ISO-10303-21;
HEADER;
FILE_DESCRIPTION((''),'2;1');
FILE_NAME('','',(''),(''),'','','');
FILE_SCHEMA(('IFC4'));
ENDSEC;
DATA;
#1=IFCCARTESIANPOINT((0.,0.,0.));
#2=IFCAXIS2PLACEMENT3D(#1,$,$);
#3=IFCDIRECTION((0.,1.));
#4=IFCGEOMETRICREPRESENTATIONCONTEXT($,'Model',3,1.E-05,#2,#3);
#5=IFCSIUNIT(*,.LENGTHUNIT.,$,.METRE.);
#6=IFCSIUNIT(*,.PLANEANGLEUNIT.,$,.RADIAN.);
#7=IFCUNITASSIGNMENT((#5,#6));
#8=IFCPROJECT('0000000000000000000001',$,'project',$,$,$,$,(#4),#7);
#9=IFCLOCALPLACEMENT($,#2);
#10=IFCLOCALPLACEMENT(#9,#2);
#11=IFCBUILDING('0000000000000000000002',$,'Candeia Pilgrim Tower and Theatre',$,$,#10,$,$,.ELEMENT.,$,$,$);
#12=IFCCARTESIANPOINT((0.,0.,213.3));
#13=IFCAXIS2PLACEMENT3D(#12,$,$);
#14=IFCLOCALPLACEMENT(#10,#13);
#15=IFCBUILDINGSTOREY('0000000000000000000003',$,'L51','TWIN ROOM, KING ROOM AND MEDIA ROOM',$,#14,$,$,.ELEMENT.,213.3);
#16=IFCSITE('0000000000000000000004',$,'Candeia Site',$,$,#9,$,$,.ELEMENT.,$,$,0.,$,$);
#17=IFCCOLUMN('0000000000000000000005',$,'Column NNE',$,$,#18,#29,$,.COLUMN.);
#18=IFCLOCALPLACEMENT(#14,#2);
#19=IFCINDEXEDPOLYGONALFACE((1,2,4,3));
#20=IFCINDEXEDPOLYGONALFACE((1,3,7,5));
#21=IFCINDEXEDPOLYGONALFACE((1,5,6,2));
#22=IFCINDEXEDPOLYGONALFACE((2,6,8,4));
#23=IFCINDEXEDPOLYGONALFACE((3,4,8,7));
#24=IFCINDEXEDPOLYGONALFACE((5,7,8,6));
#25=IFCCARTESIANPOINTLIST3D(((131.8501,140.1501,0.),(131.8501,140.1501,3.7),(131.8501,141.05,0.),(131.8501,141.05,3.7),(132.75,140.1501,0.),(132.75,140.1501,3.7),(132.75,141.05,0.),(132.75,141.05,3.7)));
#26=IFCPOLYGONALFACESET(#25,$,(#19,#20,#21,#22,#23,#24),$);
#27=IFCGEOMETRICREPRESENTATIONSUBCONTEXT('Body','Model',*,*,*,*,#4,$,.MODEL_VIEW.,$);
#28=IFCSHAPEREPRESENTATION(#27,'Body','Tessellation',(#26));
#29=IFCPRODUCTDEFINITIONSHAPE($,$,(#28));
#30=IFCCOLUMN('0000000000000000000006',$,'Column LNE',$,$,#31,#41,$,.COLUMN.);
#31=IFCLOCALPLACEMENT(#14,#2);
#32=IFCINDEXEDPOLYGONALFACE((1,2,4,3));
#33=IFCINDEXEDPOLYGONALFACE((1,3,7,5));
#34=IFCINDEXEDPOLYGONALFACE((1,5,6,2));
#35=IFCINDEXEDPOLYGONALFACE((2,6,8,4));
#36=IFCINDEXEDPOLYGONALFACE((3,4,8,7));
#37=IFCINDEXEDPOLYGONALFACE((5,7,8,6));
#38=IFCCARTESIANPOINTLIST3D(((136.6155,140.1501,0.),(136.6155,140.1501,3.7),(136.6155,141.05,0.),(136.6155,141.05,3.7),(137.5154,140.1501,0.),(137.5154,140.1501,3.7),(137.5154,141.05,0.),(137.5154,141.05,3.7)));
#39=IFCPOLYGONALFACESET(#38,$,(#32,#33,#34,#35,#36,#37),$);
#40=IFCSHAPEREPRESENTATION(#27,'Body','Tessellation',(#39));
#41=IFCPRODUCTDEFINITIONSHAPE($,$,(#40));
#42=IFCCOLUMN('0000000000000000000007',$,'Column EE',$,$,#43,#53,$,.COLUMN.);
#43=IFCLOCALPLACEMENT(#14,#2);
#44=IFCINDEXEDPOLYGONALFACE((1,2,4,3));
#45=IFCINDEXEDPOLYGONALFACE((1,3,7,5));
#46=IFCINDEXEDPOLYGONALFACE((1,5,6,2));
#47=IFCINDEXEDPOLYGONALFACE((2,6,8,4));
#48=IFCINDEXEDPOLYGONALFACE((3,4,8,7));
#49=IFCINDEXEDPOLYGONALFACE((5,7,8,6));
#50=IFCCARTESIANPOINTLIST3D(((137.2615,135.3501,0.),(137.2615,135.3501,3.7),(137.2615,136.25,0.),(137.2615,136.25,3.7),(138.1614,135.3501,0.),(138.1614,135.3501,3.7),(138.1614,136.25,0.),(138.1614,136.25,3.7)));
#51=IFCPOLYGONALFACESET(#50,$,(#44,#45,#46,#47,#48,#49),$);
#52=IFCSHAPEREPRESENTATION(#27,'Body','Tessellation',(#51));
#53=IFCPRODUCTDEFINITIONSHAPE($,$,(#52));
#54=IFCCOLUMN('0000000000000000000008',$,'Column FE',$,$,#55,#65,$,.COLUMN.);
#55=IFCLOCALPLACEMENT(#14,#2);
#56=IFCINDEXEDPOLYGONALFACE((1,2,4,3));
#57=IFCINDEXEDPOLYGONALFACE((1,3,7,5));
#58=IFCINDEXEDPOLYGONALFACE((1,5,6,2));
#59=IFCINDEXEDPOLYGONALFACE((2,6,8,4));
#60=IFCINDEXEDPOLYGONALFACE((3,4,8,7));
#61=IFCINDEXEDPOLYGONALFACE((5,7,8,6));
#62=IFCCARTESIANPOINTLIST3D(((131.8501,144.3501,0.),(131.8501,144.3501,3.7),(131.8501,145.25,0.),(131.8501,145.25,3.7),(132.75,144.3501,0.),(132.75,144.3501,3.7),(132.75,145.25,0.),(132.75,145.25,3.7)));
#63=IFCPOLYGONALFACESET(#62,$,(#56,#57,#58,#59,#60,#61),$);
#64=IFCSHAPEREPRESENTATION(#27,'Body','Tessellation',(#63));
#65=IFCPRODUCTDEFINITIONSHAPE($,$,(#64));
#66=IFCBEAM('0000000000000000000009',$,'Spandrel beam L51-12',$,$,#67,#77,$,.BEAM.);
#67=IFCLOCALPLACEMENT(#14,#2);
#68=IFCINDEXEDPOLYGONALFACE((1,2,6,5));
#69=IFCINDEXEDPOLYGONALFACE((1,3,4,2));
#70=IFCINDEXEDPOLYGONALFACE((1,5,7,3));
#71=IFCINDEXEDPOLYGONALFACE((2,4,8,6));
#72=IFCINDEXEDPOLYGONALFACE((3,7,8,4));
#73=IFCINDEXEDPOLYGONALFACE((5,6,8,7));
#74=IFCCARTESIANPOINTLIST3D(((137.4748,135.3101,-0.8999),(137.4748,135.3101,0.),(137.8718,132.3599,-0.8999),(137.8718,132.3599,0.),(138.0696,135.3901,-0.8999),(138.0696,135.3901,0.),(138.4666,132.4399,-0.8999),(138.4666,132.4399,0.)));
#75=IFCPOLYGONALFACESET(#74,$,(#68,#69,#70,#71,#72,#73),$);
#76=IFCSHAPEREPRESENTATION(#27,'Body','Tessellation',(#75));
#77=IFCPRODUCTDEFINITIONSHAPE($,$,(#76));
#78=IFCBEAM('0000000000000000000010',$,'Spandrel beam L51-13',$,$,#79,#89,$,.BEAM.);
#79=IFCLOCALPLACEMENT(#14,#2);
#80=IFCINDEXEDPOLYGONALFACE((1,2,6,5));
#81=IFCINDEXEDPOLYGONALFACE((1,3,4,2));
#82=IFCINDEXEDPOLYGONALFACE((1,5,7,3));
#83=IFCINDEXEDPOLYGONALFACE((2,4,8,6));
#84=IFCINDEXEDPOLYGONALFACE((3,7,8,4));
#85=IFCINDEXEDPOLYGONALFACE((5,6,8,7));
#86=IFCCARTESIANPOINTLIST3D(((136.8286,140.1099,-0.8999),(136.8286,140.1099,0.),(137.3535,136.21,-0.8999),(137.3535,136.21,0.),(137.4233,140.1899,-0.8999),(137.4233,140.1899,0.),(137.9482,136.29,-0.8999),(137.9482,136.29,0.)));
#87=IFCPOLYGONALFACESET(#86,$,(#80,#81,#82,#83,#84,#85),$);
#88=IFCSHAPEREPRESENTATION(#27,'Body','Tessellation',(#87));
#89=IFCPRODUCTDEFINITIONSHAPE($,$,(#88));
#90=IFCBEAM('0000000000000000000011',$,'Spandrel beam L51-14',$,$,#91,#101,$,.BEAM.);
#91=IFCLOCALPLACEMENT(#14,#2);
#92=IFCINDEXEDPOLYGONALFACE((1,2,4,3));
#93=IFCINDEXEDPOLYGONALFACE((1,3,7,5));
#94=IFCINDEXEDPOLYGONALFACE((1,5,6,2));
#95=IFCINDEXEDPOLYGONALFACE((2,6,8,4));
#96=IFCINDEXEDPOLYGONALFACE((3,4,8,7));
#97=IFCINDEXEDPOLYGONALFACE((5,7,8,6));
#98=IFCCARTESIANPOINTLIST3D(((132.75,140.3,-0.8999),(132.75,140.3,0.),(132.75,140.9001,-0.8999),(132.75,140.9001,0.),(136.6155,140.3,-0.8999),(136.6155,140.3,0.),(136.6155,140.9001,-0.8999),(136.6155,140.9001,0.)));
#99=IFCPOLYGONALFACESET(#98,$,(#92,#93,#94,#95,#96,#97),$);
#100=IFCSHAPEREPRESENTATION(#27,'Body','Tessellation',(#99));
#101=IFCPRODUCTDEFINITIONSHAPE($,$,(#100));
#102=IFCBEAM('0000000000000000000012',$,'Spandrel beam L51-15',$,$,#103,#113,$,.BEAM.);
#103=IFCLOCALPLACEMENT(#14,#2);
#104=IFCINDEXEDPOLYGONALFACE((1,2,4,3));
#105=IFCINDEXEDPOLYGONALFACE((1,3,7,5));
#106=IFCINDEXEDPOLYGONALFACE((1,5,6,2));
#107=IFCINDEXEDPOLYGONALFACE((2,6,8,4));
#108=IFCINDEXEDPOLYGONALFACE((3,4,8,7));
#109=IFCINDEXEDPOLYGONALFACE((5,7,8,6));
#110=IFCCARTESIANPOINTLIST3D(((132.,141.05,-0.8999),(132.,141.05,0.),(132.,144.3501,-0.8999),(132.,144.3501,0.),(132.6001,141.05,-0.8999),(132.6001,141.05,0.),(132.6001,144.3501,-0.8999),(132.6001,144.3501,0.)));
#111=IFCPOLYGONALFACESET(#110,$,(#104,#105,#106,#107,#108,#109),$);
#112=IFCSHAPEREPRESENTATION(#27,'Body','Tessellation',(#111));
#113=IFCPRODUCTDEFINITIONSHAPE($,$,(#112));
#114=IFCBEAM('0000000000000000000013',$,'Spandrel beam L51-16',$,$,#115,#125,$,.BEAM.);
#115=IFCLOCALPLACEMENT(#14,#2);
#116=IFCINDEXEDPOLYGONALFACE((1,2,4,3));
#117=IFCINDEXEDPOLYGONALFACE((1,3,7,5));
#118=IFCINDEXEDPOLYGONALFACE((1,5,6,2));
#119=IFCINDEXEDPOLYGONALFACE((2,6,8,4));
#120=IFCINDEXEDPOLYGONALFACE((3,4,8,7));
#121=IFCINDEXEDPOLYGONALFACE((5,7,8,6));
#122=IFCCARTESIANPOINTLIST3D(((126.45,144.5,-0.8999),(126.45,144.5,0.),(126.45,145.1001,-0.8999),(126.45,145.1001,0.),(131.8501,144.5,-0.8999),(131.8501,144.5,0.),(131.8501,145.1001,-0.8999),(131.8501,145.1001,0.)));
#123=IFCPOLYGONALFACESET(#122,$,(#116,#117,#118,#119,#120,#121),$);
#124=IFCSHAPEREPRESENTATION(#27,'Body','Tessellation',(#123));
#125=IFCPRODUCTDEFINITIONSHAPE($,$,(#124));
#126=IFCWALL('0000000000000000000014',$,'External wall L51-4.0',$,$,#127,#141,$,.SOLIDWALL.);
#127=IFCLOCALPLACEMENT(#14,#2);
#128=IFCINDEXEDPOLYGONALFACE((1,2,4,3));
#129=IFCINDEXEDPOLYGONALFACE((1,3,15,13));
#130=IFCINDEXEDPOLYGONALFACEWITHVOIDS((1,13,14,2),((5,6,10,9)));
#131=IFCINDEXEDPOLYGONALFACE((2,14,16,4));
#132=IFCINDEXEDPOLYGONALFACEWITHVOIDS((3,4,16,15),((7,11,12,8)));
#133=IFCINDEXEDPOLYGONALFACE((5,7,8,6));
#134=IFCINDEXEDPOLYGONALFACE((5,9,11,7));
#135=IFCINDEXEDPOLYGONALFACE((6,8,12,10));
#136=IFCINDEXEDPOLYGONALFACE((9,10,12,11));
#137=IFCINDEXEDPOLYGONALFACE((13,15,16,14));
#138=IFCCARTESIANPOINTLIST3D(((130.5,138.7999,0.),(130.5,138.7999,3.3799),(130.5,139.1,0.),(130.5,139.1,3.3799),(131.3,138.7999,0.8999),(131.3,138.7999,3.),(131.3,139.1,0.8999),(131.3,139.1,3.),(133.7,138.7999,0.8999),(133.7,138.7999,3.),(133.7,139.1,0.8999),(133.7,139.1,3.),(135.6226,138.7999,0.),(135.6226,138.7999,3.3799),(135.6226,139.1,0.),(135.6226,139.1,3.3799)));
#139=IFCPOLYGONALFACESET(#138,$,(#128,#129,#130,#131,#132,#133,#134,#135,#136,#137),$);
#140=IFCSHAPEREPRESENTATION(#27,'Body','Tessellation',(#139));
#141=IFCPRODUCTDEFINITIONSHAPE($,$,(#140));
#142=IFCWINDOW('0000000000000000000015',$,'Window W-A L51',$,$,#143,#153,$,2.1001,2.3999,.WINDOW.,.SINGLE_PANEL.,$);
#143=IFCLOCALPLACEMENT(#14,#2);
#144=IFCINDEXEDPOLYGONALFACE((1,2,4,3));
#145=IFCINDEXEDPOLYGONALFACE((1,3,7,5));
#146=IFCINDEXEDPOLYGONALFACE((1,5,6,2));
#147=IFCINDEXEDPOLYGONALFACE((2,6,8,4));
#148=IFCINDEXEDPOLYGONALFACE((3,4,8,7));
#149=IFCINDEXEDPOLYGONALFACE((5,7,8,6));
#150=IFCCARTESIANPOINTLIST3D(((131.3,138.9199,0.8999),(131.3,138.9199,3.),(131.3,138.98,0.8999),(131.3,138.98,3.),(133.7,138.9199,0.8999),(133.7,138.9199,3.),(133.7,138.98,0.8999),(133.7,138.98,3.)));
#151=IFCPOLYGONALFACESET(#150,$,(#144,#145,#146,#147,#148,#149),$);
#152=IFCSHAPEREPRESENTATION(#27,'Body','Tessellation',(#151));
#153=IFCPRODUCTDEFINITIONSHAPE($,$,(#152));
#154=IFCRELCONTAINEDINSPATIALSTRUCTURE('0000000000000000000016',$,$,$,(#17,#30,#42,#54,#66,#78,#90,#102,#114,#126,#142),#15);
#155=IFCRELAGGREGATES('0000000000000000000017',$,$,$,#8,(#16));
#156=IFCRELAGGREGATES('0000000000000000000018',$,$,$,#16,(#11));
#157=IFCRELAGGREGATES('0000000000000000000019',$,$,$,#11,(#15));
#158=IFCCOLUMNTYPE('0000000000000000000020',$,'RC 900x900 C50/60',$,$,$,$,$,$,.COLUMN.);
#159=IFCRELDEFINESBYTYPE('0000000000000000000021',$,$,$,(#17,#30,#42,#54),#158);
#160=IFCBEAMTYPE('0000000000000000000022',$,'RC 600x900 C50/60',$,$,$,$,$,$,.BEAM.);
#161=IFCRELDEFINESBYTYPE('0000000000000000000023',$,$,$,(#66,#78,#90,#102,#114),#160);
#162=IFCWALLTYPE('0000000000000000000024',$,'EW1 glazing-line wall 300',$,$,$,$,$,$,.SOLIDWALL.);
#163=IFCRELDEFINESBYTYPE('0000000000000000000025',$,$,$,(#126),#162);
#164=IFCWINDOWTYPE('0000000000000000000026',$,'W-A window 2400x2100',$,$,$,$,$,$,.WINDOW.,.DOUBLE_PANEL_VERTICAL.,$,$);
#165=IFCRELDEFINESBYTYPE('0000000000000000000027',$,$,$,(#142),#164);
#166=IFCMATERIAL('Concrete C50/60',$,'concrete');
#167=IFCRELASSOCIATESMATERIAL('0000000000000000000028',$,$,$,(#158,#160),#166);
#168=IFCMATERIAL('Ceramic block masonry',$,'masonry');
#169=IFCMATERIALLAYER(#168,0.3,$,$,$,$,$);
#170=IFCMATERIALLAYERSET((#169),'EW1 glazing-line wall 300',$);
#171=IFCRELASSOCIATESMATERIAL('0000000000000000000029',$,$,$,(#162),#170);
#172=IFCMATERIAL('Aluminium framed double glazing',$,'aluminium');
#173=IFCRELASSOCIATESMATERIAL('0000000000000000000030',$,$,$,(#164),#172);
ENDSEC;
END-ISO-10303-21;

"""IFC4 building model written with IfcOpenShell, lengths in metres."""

from ifc_helpers import new_model, si_unit, direction, frame, frame_2d, origin, origin_2d, place, context, subcontext, project, spatial, rectangle, extrude, material, layer, layer_set, material_profile, profile_set, type_object, element, fill, save


model = new_model("IFC4")

# Units and contexts
model_context = context("Model", 3, precision=1e-05, world=origin(), true_north=direction((0.0, 1.0)))
body_context = subcontext(model_context, "Body", "Model", "MODEL_VIEW")
ifc_project = project(units=[si_unit("LENGTHUNIT", "METRE"), si_unit("PLANEANGLEUNIT", "RADIAN")], contexts=[model_context])

# Site, building, storey
site_placement = place(None, origin())
site = spatial("IfcSite", under=ifc_project, at=site_placement, Name="Candeia Site", CompositionType="ELEMENT", RefElevation=0.0)
building_placement = place(site_placement, origin())
building = spatial("IfcBuilding", under=site, at=building_placement, Name="Candeia Pilgrim Tower and Theatre", CompositionType="ELEMENT")
storey_placement = place(building_placement, frame((0.0, 0.0, 213.3)))
storey = spatial("IfcBuildingStorey", under=building, at=storey_placement, Name="L51", Description="TWIN ROOM, KING ROOM AND MEDIA ROOM", CompositionType="ELEMENT", Elevation=213.3)

# Columns
ifc_material_1 = material(Name="Concrete C50/60", Category="concrete")
ifc_material_profile_1 = material_profile(ifc_material_1, rectangle(XDim=0.8999, YDim=0.8999, at=origin_2d()))
ifc_profile_set_1 = profile_set([ifc_material_profile_1], Name="Concrete C50/60")
column_type = type_object("IfcColumnType", Name="RC 900x900 C50/60", PredefinedType="COLUMN", material=ifc_profile_set_1)
for number, where, z_axis, x_axis, name in (
    (1, (132.3, 140.6001, 0.0), (0.0, 0.0, 1.0), (1.0, 0.0, 0.0), "Column NNE"),
    (2, (137.0654, 140.6001, 0.0), (0.0, 0.0, 1.0), (1.0, 0.0, 0.0), "Column LNE"),
    (3, (137.7114, 135.8, 0.0), (0.0, 0.0, 1.0), (1.0, 0.0, 0.0), "Column EE"),
    (4, (132.3, 144.8, 0.0), (0.0, 0.0, 1.0), (1.0, 0.0, 0.0), "Column FE"),
):
    element("IfcColumn", number, at=place(storey_placement, frame(where, z_axis=z_axis, x_axis=x_axis)), inside=storey, type_object=column_type, Name=name, PredefinedType="COLUMN", context=body_context, shape_type="SweptSolid", body=[
        extrude(rectangle(XDim=0.8999, YDim=0.8999, at=origin_2d()), origin(), (0.0, 0.0, 1.0), 3.7),
    ])

# Beams
ifc_material_profile_2 = material_profile(ifc_material_1, rectangle(XDim=0.6001, YDim=0.8999, at=origin_2d()))
ifc_profile_set_2 = profile_set([ifc_material_profile_2], Name="Concrete C50/60")
beam_type = type_object("IfcBeamType", Name="RC 600x900 C50/60", PredefinedType="BEAM", material=ifc_profile_set_2)
beam_1_placement = place(storey_placement, frame((138.1692, 132.3999, -0.45), z_axis=(-0.133356, 0.991068, 0.0), x_axis=(-0.991068, -0.133356, 0.0)))
element("IfcBeam", 5, at=beam_1_placement, inside=storey, type_object=beam_type, Name="Spandrel beam L51-12", PredefinedType="BEAM", context=body_context, shape_type="SweptSolid", body=[
    extrude(rectangle(XDim=0.6001, YDim=0.8999, at=origin_2d()), origin(), (0.0, 0.0, 1.0), 2.9768),
])
beam_2_placement = place(storey_placement, frame((137.6509, 136.25, -0.45), z_axis=(-0.133391, 0.991064, 0.0), x_axis=(-0.991064, -0.133391, 0.0)))
element("IfcBeam", 6, at=beam_2_placement, inside=storey, type_object=beam_type, Name="Spandrel beam L51-13", PredefinedType="BEAM", context=body_context, shape_type="SweptSolid", body=[
    extrude(rectangle(XDim=0.6001, YDim=0.8999, at=origin_2d()), origin(), (0.0, 0.0, 1.0), 3.9351),
])
beam_3_placement = place(storey_placement, frame((136.6155, 140.6001, -0.45), z_axis=(-1.0, 0.0, 0.0), x_axis=(0.0, -1.0, 0.0)))
element("IfcBeam", 7, at=beam_3_placement, inside=storey, type_object=beam_type, Name="Spandrel beam L51-14", PredefinedType="BEAM", context=body_context, shape_type="SweptSolid", body=[
    extrude(rectangle(XDim=0.6001, YDim=0.8999, at=origin_2d()), origin(), (0.0, 0.0, 1.0), 3.8655),
])
beam_4_placement = place(storey_placement, frame((132.3, 141.05, -0.45), z_axis=(0.0, 1.0, 0.0), x_axis=(-1.0, 0.0, 0.0)))
element("IfcBeam", 8, at=beam_4_placement, inside=storey, type_object=beam_type, Name="Spandrel beam L51-15", PredefinedType="BEAM", context=body_context, shape_type="SweptSolid", body=[
    extrude(rectangle(XDim=0.6001, YDim=0.8999, at=origin_2d()), origin(), (0.0, 0.0, 1.0), 3.3),
])
beam_5_placement = place(storey_placement, frame((131.8501, 144.8, -0.45), z_axis=(-1.0, 0.0, 0.0), x_axis=(0.0, -1.0, 0.0)))
element("IfcBeam", 9, at=beam_5_placement, inside=storey, type_object=beam_type, Name="Spandrel beam L51-16", PredefinedType="BEAM", context=body_context, shape_type="SweptSolid", body=[
    extrude(rectangle(XDim=0.6001, YDim=0.8999, at=origin_2d()), origin(), (0.0, 0.0, 1.0), 5.4001),
])

# Wall, opening, window
ifc_material_2 = material(Name="Ceramic block masonry", Category="masonry")
ifc_layer_1 = layer(ifc_material_2, 0.3)
ifc_layer_set_1 = layer_set([ifc_layer_1], Name="EW1 glazing-line wall 300")
wall_type = type_object("IfcWallType", Name="EW1 glazing-line wall 300", PredefinedType="SOLIDWALL", material=ifc_layer_set_1)
wall_1_placement = place(storey_placement, frame((135.6226, 138.95, 0.0), z_axis=(0.0, 0.0, 1.0), x_axis=(-1.0, 0.0, 0.0)))
wall_1 = element("IfcWall", 10, at=wall_1_placement, inside=storey, type_object=wall_type, Name="External wall L51-4.0", PredefinedType="SOLIDWALL", context=body_context, shape_type="SweptSolid", body=[
    extrude(rectangle(XDim=5.1226, YDim=0.3, at=frame_2d((2.5613, 0.0))), origin(), (0.0, 0.0, 1.0), 3.3799),
])
opening_1_placement = place(wall_1_placement, frame((1.9226, 0.0, 0.8999)))
opening_1 = element("IfcOpeningElement", 11, at=opening_1_placement, cuts=wall_1, PredefinedType="OPENING", context=body_context, shape_type="SweptSolid", body=[
    extrude(rectangle(XDim=2.3999, YDim=2.1001, at=frame_2d((1.2, 1.05))), frame((0.0, 0.1602, 0.0), z_axis=(0.0, -1.0, 0.0), x_axis=(1.0, 0.0, 0.0)), (0.0, 0.0, 1.0), 0.3201),
])
ifc_material_3 = material(Name="Aluminium framed double glazing", Category="aluminium")
window_type = type_object("IfcWindowType", Name="W-A window 2400x2100", PartitioningType="DOUBLE_PANEL_VERTICAL", PredefinedType="WINDOW", material=ifc_material_3)
window_1_placement = place(opening_1_placement, origin())
window_1 = element("IfcWindow", 12, at=window_1_placement, inside=storey, type_object=window_type, Name="Window W-A L51", OverallHeight=2.1001, OverallWidth=2.3999, PartitioningType="SINGLE_PANEL", PredefinedType="WINDOW", context=body_context, shape_type="SweptSolid", body=[
    extrude(rectangle(XDim=2.3999, YDim=2.1001, at=frame_2d((1.2, 1.05))), frame((0.0, 0.03, 0.0), z_axis=(0.0, -1.0, 0.0), x_axis=(1.0, 0.0, 0.0)), (0.0, 0.0, 1.0), 0.0601),
])
fill(opening_1, window_1)

save(model, "model.ifc")
